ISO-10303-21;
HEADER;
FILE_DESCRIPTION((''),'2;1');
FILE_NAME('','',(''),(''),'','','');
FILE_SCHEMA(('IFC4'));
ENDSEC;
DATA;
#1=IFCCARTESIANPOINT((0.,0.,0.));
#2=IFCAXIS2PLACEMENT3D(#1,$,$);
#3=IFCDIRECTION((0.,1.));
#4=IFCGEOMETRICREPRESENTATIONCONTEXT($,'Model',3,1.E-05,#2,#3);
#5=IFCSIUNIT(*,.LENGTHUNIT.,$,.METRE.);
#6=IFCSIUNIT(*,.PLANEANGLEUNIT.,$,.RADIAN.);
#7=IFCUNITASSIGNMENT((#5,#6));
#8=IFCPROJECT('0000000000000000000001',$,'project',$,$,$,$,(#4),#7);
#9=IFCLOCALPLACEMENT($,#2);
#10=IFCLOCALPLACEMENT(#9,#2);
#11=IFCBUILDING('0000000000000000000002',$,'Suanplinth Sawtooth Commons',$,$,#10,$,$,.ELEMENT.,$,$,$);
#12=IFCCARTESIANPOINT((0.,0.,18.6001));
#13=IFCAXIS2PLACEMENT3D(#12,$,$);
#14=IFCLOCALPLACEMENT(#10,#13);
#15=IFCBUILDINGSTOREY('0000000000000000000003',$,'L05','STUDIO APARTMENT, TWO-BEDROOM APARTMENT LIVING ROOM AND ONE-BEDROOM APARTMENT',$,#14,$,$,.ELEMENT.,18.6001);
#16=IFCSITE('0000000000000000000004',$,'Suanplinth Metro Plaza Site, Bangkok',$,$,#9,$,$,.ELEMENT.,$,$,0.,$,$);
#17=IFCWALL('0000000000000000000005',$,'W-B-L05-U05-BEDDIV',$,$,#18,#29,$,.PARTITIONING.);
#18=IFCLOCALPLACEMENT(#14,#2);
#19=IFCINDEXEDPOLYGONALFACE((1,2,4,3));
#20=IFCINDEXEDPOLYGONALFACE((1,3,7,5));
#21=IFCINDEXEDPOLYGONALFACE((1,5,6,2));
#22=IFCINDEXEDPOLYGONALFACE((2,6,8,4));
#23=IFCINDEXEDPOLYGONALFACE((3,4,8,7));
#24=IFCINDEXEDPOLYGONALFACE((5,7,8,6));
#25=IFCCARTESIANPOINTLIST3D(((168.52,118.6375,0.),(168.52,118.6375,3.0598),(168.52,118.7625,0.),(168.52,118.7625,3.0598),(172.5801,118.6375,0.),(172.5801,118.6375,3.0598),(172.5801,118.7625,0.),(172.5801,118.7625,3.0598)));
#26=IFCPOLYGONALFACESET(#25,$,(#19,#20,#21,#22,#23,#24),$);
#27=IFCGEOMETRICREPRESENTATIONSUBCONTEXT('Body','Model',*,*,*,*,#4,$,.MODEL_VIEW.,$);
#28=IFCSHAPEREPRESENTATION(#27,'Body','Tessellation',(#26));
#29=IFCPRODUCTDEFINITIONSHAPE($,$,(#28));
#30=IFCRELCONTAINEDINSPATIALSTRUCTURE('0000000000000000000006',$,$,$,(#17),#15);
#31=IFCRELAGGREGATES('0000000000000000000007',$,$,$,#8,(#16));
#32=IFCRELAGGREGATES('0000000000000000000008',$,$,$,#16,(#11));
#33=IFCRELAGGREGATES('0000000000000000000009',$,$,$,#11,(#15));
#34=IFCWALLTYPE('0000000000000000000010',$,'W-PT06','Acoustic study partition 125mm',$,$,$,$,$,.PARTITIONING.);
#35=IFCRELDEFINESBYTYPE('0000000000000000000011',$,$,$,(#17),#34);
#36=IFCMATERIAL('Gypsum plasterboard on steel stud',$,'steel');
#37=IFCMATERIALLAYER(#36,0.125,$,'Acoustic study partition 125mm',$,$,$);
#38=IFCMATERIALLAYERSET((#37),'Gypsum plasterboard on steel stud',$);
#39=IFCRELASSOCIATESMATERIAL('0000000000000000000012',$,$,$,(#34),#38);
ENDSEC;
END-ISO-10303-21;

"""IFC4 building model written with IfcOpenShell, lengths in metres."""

from ifc_helpers import new_model, si_unit, direction, frame, frame_2d, origin, place, context, subcontext, project, spatial, rectangle, extrude, material, layer, layer_set, type_object, element, save


model = new_model("IFC4")

# Units and contexts
model_context = context("Model", 3, precision=1e-05, world=origin(), true_north=direction((0.0, 1.0)))
body_context = subcontext(model_context, "Body", "Model", "MODEL_VIEW")
ifc_project = project(units=[si_unit("LENGTHUNIT", "METRE"), si_unit("PLANEANGLEUNIT", "RADIAN")], contexts=[model_context])

# Site, building, storey
site_placement = place(None, origin())
site = spatial("IfcSite", under=ifc_project, at=site_placement, Name="Suanplinth Metro Plaza Site, Bangkok", CompositionType="ELEMENT", RefElevation=0.0)
building_placement = place(site_placement, origin())
building = spatial("IfcBuilding", under=site, at=building_placement, Name="Suanplinth Sawtooth Commons", CompositionType="ELEMENT")
storey_placement = place(building_placement, frame((0.0, 0.0, 18.6001)))
storey = spatial("IfcBuildingStorey", under=building, at=storey_placement, Name="L05", Description="STUDIO APARTMENT, TWO-BEDROOM APARTMENT LIVING ROOM AND ONE-BEDROOM APARTMENT", CompositionType="ELEMENT", Elevation=18.6001)

# Wall
ifc_material_1 = material(Name="Gypsum plasterboard on steel stud", Category="steel")
ifc_layer_1 = layer(ifc_material_1, 0.125, Name="Acoustic study partition 125mm")
ifc_layer_set_1 = layer_set([ifc_layer_1], Name="Gypsum plasterboard on steel stud")
wall_type_1 = type_object("IfcWallType", Name="W-PT06", Description="Acoustic study partition 125mm", PredefinedType="PARTITIONING", material=ifc_layer_set_1)
wall_1_placement = place(storey_placement, frame((168.52, 118.7, 0.0), z_axis=(0.0, 0.0, 1.0), x_axis=(1.0, 0.0, 0.0)))
element("IfcWall", 1, at=wall_1_placement, inside=storey, type_object=wall_type_1, Name="W-B-L05-U05-BEDDIV", PredefinedType="PARTITIONING", context=body_context, shape_type="SweptSolid", body=[
    extrude(rectangle(XDim=4.0601, YDim=0.125, at=frame_2d((2.03, 0.0))), origin(), (0.0, 0.0, 1.0), 3.0598),
])

save(model, "model.ifc")
